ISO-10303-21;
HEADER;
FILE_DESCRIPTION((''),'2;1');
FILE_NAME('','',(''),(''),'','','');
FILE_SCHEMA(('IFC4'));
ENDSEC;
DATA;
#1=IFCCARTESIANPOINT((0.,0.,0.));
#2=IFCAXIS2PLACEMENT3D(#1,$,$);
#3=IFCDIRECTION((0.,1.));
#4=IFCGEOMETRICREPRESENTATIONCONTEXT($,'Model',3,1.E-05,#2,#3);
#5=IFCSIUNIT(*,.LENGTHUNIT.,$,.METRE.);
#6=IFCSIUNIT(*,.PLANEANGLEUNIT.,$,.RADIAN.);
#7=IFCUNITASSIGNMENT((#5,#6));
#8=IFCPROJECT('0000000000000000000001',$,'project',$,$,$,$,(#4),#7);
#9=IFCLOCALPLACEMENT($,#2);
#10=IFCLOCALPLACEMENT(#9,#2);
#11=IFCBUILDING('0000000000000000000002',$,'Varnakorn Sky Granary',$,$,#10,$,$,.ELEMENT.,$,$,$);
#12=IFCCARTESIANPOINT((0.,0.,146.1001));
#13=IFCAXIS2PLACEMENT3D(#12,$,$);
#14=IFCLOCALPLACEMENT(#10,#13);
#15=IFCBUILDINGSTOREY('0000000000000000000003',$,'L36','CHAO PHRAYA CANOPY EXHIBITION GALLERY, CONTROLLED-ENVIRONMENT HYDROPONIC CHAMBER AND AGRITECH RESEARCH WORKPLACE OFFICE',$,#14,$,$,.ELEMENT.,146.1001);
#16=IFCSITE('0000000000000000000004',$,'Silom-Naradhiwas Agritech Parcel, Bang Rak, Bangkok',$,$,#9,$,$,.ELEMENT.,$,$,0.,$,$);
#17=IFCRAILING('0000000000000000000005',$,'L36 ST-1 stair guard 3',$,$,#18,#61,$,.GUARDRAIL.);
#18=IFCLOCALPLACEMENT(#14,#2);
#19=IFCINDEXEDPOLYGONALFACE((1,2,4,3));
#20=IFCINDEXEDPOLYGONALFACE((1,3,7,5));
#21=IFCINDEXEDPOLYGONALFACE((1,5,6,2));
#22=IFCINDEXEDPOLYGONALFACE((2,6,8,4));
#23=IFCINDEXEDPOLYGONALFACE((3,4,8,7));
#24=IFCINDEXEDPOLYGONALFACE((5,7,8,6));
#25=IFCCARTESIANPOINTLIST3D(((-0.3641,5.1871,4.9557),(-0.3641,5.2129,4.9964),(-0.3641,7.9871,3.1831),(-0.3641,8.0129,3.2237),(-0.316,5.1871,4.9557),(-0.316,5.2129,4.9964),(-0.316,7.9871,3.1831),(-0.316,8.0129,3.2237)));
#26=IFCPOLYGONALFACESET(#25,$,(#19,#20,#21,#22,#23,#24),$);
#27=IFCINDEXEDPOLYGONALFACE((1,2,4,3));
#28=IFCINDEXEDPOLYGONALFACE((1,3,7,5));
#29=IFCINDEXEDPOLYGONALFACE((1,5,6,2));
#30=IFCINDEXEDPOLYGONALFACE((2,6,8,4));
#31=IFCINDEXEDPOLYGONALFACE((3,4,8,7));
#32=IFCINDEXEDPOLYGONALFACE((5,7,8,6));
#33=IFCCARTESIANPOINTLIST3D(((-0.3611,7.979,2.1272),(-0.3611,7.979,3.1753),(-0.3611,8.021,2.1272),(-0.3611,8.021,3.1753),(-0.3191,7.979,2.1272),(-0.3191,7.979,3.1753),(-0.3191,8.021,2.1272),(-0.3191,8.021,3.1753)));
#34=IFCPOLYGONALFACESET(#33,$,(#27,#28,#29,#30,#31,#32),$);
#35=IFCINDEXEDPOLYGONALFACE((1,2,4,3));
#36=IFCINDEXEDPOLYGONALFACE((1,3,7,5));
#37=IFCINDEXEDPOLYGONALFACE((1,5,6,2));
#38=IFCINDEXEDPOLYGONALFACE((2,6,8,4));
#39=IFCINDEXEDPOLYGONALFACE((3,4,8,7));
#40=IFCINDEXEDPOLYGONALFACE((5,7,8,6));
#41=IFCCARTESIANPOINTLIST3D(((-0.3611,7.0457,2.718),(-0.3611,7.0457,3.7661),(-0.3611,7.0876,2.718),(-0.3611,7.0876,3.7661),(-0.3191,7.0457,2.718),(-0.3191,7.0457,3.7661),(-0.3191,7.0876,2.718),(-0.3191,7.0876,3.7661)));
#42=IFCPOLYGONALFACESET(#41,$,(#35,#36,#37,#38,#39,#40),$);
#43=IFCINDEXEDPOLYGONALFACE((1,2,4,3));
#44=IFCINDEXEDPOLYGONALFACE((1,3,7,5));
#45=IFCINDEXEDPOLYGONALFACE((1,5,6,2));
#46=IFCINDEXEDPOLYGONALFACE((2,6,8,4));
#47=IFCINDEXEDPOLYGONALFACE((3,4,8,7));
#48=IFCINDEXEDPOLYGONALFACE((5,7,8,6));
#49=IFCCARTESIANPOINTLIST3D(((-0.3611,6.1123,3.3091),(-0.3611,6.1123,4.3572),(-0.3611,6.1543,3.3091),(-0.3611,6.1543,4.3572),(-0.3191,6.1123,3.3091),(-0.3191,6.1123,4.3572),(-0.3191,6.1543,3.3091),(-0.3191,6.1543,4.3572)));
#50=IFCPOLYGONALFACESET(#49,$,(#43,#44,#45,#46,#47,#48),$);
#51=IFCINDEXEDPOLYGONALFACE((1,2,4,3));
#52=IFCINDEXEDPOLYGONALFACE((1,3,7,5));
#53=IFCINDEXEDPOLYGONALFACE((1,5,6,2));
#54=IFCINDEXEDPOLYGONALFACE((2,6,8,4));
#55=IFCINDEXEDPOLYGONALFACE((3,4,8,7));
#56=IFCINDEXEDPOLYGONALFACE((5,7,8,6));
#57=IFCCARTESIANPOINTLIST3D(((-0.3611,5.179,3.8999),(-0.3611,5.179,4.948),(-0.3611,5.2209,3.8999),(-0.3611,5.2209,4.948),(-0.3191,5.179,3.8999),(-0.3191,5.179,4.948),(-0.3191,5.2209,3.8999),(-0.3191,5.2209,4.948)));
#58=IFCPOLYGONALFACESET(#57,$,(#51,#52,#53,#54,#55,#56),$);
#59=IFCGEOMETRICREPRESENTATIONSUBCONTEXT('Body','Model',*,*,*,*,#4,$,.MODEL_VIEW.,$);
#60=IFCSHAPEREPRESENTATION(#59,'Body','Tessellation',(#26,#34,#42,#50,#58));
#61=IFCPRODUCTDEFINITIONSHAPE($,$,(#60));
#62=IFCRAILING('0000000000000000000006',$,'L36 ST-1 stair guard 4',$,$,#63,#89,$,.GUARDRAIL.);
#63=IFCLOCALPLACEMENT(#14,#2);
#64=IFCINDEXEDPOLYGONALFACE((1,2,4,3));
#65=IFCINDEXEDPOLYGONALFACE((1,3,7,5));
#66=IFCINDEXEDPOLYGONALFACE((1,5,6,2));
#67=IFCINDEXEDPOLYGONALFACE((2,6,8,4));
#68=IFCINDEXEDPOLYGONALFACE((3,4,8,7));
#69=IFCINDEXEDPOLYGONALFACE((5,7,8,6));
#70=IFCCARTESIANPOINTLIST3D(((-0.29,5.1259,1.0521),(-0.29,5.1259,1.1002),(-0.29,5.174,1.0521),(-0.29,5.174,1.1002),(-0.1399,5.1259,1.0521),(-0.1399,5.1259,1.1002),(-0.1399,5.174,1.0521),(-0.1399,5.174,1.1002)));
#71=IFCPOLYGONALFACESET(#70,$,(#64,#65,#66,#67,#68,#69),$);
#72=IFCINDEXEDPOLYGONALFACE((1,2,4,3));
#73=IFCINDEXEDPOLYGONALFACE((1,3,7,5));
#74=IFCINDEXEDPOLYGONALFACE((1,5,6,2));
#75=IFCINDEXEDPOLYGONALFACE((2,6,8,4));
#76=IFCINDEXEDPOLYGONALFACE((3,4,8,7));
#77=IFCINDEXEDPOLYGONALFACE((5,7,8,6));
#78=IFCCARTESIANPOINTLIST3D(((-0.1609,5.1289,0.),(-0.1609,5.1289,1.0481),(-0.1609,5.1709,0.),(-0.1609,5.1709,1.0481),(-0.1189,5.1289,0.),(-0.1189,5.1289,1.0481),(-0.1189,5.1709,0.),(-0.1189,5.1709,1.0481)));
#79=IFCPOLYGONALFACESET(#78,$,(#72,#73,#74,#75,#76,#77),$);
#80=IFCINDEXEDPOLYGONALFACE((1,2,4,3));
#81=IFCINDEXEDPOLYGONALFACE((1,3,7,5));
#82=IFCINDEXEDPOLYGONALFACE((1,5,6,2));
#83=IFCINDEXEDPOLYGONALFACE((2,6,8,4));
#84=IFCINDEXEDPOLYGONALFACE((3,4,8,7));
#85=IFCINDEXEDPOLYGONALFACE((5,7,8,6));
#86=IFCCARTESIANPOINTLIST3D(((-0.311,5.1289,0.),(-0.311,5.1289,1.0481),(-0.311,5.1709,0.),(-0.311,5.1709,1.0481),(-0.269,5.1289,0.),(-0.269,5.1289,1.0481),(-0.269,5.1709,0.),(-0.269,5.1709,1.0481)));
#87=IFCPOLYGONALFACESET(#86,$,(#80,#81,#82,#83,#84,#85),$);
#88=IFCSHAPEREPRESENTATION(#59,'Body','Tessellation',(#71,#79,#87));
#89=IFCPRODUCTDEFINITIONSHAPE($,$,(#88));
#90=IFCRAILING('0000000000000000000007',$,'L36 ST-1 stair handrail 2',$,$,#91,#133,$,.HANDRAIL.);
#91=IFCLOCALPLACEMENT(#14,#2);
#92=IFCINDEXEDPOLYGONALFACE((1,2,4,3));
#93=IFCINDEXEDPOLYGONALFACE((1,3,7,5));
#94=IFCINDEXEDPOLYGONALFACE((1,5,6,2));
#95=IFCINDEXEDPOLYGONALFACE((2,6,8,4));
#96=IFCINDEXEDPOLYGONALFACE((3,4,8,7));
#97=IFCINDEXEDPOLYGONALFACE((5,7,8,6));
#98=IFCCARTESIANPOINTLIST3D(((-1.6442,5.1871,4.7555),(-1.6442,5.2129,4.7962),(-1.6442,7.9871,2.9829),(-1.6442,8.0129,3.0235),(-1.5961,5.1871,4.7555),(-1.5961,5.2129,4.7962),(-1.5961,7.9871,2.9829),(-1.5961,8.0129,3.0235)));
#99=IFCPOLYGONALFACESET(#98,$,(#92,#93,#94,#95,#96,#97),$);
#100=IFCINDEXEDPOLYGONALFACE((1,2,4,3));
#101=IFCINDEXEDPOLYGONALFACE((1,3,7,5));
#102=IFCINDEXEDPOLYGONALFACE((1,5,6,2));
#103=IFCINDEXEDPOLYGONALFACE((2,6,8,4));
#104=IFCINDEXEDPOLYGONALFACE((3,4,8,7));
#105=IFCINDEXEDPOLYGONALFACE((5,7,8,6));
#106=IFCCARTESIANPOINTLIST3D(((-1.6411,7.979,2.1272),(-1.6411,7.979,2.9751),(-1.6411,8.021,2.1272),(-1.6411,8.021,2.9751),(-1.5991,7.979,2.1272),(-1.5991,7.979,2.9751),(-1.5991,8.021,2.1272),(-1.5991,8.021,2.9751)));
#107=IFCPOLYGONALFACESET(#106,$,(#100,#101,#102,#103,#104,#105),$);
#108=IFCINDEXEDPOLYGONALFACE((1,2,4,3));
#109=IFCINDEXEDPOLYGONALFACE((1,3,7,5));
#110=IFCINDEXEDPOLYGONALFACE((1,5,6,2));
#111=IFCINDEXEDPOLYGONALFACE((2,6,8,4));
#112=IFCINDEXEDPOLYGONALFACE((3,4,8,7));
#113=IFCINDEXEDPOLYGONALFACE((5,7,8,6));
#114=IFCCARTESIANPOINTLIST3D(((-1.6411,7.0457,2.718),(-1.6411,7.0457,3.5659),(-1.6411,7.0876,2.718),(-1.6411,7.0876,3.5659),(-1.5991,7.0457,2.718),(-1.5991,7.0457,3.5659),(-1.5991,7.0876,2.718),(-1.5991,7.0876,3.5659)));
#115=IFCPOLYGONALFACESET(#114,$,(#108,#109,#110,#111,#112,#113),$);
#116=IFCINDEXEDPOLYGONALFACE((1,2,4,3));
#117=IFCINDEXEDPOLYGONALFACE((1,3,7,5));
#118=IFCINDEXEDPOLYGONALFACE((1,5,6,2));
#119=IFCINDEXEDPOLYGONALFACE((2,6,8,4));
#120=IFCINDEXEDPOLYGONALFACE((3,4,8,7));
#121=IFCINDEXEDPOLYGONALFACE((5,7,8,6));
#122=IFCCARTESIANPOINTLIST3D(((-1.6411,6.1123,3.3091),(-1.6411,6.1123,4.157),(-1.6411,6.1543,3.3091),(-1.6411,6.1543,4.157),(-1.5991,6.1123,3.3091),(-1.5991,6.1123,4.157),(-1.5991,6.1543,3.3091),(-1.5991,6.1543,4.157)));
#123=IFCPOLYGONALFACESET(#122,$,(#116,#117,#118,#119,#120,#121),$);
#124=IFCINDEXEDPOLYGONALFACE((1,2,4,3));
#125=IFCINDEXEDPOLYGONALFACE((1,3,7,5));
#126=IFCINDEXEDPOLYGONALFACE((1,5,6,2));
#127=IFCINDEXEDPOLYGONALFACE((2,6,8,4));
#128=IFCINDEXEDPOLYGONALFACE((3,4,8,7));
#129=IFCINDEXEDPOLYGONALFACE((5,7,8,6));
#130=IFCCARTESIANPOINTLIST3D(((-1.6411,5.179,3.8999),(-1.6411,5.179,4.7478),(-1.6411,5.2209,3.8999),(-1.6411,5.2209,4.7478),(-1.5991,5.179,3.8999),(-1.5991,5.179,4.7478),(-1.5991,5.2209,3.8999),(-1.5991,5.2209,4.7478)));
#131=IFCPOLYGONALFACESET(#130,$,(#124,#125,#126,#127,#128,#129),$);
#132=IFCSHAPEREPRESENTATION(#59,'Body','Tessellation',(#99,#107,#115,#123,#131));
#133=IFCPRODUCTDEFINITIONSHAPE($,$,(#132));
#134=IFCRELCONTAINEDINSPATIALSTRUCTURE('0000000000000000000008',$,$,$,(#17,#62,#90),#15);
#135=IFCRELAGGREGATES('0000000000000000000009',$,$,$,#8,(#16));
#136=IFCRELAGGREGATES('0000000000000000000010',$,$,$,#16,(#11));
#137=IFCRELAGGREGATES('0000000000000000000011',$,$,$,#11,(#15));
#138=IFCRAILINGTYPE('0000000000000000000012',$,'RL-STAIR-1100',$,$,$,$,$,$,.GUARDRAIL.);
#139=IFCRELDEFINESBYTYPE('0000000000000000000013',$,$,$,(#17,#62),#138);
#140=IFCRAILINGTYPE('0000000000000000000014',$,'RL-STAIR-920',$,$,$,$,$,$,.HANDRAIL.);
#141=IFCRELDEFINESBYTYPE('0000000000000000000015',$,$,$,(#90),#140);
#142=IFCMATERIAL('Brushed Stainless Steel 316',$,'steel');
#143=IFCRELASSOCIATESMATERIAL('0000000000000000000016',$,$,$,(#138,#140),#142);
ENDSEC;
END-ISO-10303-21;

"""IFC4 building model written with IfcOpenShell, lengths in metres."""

from ifc_helpers import new_model, si_unit, direction, frame, origin, origin_2d, place, context, subcontext, project, spatial, rectangle, extrude, material, type_object, element, save


model = new_model("IFC4")

# Units and contexts
model_context = context("Model", 3, precision=1e-05, world=origin(), true_north=direction((0.0, 1.0)))
body_context = subcontext(model_context, "Body", "Model", "MODEL_VIEW")
ifc_project = project(units=[si_unit("LENGTHUNIT", "METRE"), si_unit("PLANEANGLEUNIT", "RADIAN")], contexts=[model_context])

# Site, building, storey
site_placement = place(None, origin())
site = spatial("IfcSite", under=ifc_project, at=site_placement, Name="Silom-Naradhiwas Agritech Parcel, Bang Rak, Bangkok", CompositionType="ELEMENT", RefElevation=0.0)
building_placement = place(site_placement, origin())
building = spatial("IfcBuilding", under=site, at=building_placement, Name="Varnakorn Sky Granary", CompositionType="ELEMENT")
storey_placement = place(building_placement, frame((0.0, 0.0, 146.1001)))
storey = spatial("IfcBuildingStorey", under=building, at=storey_placement, Name="L36", Description="CHAO PHRAYA CANOPY EXHIBITION GALLERY, CONTROLLED-ENVIRONMENT HYDROPONIC CHAMBER AND AGRITECH RESEARCH WORKPLACE OFFICE", CompositionType="ELEMENT", Elevation=146.1001)

# Railings
ifc_material_1 = material(Name="Brushed Stainless Steel 316", Category="steel")
railing_type_1 = type_object("IfcRailingType", Name="RL-STAIR-1100", PredefinedType="GUARDRAIL", material=ifc_material_1)
railing_1_placement = place(storey_placement, frame((-0.3401, 8.0, 2.1272)))
element("IfcRailing", 1, at=railing_1_placement, inside=storey, type_object=railing_type_1, Name="L36 ST-1 stair guard 3", PredefinedType="GUARDRAIL", context=body_context, shape_type="SweptSolid", body=[
    extrude(rectangle(XDim=0.0481, YDim=0.0481, at=origin_2d()), frame((0.0, 0.0, 1.0762), z_axis=(0.0, -0.844909, 0.53491), x_axis=(1.0, 0.0, 0.0)), (0.0, 0.0, 1.0), 3.314),
    extrude(rectangle(XDim=0.042, YDim=0.042, at=origin_2d()), origin(), (0.0, 0.0, 1.0), 1.0481),
    extrude(rectangle(XDim=0.042, YDim=0.042, at=origin_2d()), frame((0.0, -0.9333, 0.5908)), (0.0, 0.0, 1.0), 1.0481),
    extrude(rectangle(XDim=0.042, YDim=0.042, at=origin_2d()), frame((0.0, -1.8667, 1.1819)), (0.0, 0.0, 1.0), 1.0481),
    extrude(rectangle(XDim=0.042, YDim=0.042, at=origin_2d()), frame((0.0, -2.8, 1.7727)), (0.0, 0.0, 1.0), 1.0481),
])
railing_2_placement = place(storey_placement, frame((-0.1399, 5.1499, 0.0)))
element("IfcRailing", 2, at=railing_2_placement, inside=storey, type_object=railing_type_1, Name="L36 ST-1 stair guard 4", PredefinedType="GUARDRAIL", context=body_context, shape_type="SweptSolid", body=[
    extrude(rectangle(XDim=0.0481, YDim=0.0481, at=origin_2d()), frame((0.0, 0.0, 1.0762), z_axis=(-1.0, 0.0, 0.0), x_axis=(0.0, -1.0, 0.0)), (0.0, 0.0, 1.0), 0.1501),
    extrude(rectangle(XDim=0.042, YDim=0.042, at=origin_2d()), origin(), (0.0, 0.0, 1.0), 1.0481),
    extrude(rectangle(XDim=0.042, YDim=0.042, at=origin_2d()), frame((-0.1501, 0.0, 0.0)), (0.0, 0.0, 1.0), 1.0481),
])
railing_type_2 = type_object("IfcRailingType", Name="RL-STAIR-920", PredefinedType="HANDRAIL", material=ifc_material_1)
railing_3_placement = place(storey_placement, frame((-1.6201, 8.0, 2.1272)))
element("IfcRailing", 3, at=railing_3_placement, inside=storey, type_object=railing_type_2, Name="L36 ST-1 stair handrail 2", PredefinedType="HANDRAIL", context=body_context, shape_type="SweptSolid", body=[
    extrude(rectangle(XDim=0.0481, YDim=0.0481, at=origin_2d()), frame((0.0, 0.0, 0.876), z_axis=(0.0, -0.844909, 0.53491), x_axis=(1.0, 0.0, 0.0)), (0.0, 0.0, 1.0), 3.314),
    extrude(rectangle(XDim=0.042, YDim=0.042, at=origin_2d()), origin(), (0.0, 0.0, 1.0), 0.8479),
    extrude(rectangle(XDim=0.042, YDim=0.042, at=origin_2d()), frame((0.0, -0.9333, 0.5908)), (0.0, 0.0, 1.0), 0.8479),
    extrude(rectangle(XDim=0.042, YDim=0.042, at=origin_2d()), frame((0.0, -1.8667, 1.1819)), (0.0, 0.0, 1.0), 0.8479),
    extrude(rectangle(XDim=0.042, YDim=0.042, at=origin_2d()), frame((0.0, -2.8, 1.7727)), (0.0, 0.0, 1.0), 0.8479),
])

save(model, "model.ifc")
